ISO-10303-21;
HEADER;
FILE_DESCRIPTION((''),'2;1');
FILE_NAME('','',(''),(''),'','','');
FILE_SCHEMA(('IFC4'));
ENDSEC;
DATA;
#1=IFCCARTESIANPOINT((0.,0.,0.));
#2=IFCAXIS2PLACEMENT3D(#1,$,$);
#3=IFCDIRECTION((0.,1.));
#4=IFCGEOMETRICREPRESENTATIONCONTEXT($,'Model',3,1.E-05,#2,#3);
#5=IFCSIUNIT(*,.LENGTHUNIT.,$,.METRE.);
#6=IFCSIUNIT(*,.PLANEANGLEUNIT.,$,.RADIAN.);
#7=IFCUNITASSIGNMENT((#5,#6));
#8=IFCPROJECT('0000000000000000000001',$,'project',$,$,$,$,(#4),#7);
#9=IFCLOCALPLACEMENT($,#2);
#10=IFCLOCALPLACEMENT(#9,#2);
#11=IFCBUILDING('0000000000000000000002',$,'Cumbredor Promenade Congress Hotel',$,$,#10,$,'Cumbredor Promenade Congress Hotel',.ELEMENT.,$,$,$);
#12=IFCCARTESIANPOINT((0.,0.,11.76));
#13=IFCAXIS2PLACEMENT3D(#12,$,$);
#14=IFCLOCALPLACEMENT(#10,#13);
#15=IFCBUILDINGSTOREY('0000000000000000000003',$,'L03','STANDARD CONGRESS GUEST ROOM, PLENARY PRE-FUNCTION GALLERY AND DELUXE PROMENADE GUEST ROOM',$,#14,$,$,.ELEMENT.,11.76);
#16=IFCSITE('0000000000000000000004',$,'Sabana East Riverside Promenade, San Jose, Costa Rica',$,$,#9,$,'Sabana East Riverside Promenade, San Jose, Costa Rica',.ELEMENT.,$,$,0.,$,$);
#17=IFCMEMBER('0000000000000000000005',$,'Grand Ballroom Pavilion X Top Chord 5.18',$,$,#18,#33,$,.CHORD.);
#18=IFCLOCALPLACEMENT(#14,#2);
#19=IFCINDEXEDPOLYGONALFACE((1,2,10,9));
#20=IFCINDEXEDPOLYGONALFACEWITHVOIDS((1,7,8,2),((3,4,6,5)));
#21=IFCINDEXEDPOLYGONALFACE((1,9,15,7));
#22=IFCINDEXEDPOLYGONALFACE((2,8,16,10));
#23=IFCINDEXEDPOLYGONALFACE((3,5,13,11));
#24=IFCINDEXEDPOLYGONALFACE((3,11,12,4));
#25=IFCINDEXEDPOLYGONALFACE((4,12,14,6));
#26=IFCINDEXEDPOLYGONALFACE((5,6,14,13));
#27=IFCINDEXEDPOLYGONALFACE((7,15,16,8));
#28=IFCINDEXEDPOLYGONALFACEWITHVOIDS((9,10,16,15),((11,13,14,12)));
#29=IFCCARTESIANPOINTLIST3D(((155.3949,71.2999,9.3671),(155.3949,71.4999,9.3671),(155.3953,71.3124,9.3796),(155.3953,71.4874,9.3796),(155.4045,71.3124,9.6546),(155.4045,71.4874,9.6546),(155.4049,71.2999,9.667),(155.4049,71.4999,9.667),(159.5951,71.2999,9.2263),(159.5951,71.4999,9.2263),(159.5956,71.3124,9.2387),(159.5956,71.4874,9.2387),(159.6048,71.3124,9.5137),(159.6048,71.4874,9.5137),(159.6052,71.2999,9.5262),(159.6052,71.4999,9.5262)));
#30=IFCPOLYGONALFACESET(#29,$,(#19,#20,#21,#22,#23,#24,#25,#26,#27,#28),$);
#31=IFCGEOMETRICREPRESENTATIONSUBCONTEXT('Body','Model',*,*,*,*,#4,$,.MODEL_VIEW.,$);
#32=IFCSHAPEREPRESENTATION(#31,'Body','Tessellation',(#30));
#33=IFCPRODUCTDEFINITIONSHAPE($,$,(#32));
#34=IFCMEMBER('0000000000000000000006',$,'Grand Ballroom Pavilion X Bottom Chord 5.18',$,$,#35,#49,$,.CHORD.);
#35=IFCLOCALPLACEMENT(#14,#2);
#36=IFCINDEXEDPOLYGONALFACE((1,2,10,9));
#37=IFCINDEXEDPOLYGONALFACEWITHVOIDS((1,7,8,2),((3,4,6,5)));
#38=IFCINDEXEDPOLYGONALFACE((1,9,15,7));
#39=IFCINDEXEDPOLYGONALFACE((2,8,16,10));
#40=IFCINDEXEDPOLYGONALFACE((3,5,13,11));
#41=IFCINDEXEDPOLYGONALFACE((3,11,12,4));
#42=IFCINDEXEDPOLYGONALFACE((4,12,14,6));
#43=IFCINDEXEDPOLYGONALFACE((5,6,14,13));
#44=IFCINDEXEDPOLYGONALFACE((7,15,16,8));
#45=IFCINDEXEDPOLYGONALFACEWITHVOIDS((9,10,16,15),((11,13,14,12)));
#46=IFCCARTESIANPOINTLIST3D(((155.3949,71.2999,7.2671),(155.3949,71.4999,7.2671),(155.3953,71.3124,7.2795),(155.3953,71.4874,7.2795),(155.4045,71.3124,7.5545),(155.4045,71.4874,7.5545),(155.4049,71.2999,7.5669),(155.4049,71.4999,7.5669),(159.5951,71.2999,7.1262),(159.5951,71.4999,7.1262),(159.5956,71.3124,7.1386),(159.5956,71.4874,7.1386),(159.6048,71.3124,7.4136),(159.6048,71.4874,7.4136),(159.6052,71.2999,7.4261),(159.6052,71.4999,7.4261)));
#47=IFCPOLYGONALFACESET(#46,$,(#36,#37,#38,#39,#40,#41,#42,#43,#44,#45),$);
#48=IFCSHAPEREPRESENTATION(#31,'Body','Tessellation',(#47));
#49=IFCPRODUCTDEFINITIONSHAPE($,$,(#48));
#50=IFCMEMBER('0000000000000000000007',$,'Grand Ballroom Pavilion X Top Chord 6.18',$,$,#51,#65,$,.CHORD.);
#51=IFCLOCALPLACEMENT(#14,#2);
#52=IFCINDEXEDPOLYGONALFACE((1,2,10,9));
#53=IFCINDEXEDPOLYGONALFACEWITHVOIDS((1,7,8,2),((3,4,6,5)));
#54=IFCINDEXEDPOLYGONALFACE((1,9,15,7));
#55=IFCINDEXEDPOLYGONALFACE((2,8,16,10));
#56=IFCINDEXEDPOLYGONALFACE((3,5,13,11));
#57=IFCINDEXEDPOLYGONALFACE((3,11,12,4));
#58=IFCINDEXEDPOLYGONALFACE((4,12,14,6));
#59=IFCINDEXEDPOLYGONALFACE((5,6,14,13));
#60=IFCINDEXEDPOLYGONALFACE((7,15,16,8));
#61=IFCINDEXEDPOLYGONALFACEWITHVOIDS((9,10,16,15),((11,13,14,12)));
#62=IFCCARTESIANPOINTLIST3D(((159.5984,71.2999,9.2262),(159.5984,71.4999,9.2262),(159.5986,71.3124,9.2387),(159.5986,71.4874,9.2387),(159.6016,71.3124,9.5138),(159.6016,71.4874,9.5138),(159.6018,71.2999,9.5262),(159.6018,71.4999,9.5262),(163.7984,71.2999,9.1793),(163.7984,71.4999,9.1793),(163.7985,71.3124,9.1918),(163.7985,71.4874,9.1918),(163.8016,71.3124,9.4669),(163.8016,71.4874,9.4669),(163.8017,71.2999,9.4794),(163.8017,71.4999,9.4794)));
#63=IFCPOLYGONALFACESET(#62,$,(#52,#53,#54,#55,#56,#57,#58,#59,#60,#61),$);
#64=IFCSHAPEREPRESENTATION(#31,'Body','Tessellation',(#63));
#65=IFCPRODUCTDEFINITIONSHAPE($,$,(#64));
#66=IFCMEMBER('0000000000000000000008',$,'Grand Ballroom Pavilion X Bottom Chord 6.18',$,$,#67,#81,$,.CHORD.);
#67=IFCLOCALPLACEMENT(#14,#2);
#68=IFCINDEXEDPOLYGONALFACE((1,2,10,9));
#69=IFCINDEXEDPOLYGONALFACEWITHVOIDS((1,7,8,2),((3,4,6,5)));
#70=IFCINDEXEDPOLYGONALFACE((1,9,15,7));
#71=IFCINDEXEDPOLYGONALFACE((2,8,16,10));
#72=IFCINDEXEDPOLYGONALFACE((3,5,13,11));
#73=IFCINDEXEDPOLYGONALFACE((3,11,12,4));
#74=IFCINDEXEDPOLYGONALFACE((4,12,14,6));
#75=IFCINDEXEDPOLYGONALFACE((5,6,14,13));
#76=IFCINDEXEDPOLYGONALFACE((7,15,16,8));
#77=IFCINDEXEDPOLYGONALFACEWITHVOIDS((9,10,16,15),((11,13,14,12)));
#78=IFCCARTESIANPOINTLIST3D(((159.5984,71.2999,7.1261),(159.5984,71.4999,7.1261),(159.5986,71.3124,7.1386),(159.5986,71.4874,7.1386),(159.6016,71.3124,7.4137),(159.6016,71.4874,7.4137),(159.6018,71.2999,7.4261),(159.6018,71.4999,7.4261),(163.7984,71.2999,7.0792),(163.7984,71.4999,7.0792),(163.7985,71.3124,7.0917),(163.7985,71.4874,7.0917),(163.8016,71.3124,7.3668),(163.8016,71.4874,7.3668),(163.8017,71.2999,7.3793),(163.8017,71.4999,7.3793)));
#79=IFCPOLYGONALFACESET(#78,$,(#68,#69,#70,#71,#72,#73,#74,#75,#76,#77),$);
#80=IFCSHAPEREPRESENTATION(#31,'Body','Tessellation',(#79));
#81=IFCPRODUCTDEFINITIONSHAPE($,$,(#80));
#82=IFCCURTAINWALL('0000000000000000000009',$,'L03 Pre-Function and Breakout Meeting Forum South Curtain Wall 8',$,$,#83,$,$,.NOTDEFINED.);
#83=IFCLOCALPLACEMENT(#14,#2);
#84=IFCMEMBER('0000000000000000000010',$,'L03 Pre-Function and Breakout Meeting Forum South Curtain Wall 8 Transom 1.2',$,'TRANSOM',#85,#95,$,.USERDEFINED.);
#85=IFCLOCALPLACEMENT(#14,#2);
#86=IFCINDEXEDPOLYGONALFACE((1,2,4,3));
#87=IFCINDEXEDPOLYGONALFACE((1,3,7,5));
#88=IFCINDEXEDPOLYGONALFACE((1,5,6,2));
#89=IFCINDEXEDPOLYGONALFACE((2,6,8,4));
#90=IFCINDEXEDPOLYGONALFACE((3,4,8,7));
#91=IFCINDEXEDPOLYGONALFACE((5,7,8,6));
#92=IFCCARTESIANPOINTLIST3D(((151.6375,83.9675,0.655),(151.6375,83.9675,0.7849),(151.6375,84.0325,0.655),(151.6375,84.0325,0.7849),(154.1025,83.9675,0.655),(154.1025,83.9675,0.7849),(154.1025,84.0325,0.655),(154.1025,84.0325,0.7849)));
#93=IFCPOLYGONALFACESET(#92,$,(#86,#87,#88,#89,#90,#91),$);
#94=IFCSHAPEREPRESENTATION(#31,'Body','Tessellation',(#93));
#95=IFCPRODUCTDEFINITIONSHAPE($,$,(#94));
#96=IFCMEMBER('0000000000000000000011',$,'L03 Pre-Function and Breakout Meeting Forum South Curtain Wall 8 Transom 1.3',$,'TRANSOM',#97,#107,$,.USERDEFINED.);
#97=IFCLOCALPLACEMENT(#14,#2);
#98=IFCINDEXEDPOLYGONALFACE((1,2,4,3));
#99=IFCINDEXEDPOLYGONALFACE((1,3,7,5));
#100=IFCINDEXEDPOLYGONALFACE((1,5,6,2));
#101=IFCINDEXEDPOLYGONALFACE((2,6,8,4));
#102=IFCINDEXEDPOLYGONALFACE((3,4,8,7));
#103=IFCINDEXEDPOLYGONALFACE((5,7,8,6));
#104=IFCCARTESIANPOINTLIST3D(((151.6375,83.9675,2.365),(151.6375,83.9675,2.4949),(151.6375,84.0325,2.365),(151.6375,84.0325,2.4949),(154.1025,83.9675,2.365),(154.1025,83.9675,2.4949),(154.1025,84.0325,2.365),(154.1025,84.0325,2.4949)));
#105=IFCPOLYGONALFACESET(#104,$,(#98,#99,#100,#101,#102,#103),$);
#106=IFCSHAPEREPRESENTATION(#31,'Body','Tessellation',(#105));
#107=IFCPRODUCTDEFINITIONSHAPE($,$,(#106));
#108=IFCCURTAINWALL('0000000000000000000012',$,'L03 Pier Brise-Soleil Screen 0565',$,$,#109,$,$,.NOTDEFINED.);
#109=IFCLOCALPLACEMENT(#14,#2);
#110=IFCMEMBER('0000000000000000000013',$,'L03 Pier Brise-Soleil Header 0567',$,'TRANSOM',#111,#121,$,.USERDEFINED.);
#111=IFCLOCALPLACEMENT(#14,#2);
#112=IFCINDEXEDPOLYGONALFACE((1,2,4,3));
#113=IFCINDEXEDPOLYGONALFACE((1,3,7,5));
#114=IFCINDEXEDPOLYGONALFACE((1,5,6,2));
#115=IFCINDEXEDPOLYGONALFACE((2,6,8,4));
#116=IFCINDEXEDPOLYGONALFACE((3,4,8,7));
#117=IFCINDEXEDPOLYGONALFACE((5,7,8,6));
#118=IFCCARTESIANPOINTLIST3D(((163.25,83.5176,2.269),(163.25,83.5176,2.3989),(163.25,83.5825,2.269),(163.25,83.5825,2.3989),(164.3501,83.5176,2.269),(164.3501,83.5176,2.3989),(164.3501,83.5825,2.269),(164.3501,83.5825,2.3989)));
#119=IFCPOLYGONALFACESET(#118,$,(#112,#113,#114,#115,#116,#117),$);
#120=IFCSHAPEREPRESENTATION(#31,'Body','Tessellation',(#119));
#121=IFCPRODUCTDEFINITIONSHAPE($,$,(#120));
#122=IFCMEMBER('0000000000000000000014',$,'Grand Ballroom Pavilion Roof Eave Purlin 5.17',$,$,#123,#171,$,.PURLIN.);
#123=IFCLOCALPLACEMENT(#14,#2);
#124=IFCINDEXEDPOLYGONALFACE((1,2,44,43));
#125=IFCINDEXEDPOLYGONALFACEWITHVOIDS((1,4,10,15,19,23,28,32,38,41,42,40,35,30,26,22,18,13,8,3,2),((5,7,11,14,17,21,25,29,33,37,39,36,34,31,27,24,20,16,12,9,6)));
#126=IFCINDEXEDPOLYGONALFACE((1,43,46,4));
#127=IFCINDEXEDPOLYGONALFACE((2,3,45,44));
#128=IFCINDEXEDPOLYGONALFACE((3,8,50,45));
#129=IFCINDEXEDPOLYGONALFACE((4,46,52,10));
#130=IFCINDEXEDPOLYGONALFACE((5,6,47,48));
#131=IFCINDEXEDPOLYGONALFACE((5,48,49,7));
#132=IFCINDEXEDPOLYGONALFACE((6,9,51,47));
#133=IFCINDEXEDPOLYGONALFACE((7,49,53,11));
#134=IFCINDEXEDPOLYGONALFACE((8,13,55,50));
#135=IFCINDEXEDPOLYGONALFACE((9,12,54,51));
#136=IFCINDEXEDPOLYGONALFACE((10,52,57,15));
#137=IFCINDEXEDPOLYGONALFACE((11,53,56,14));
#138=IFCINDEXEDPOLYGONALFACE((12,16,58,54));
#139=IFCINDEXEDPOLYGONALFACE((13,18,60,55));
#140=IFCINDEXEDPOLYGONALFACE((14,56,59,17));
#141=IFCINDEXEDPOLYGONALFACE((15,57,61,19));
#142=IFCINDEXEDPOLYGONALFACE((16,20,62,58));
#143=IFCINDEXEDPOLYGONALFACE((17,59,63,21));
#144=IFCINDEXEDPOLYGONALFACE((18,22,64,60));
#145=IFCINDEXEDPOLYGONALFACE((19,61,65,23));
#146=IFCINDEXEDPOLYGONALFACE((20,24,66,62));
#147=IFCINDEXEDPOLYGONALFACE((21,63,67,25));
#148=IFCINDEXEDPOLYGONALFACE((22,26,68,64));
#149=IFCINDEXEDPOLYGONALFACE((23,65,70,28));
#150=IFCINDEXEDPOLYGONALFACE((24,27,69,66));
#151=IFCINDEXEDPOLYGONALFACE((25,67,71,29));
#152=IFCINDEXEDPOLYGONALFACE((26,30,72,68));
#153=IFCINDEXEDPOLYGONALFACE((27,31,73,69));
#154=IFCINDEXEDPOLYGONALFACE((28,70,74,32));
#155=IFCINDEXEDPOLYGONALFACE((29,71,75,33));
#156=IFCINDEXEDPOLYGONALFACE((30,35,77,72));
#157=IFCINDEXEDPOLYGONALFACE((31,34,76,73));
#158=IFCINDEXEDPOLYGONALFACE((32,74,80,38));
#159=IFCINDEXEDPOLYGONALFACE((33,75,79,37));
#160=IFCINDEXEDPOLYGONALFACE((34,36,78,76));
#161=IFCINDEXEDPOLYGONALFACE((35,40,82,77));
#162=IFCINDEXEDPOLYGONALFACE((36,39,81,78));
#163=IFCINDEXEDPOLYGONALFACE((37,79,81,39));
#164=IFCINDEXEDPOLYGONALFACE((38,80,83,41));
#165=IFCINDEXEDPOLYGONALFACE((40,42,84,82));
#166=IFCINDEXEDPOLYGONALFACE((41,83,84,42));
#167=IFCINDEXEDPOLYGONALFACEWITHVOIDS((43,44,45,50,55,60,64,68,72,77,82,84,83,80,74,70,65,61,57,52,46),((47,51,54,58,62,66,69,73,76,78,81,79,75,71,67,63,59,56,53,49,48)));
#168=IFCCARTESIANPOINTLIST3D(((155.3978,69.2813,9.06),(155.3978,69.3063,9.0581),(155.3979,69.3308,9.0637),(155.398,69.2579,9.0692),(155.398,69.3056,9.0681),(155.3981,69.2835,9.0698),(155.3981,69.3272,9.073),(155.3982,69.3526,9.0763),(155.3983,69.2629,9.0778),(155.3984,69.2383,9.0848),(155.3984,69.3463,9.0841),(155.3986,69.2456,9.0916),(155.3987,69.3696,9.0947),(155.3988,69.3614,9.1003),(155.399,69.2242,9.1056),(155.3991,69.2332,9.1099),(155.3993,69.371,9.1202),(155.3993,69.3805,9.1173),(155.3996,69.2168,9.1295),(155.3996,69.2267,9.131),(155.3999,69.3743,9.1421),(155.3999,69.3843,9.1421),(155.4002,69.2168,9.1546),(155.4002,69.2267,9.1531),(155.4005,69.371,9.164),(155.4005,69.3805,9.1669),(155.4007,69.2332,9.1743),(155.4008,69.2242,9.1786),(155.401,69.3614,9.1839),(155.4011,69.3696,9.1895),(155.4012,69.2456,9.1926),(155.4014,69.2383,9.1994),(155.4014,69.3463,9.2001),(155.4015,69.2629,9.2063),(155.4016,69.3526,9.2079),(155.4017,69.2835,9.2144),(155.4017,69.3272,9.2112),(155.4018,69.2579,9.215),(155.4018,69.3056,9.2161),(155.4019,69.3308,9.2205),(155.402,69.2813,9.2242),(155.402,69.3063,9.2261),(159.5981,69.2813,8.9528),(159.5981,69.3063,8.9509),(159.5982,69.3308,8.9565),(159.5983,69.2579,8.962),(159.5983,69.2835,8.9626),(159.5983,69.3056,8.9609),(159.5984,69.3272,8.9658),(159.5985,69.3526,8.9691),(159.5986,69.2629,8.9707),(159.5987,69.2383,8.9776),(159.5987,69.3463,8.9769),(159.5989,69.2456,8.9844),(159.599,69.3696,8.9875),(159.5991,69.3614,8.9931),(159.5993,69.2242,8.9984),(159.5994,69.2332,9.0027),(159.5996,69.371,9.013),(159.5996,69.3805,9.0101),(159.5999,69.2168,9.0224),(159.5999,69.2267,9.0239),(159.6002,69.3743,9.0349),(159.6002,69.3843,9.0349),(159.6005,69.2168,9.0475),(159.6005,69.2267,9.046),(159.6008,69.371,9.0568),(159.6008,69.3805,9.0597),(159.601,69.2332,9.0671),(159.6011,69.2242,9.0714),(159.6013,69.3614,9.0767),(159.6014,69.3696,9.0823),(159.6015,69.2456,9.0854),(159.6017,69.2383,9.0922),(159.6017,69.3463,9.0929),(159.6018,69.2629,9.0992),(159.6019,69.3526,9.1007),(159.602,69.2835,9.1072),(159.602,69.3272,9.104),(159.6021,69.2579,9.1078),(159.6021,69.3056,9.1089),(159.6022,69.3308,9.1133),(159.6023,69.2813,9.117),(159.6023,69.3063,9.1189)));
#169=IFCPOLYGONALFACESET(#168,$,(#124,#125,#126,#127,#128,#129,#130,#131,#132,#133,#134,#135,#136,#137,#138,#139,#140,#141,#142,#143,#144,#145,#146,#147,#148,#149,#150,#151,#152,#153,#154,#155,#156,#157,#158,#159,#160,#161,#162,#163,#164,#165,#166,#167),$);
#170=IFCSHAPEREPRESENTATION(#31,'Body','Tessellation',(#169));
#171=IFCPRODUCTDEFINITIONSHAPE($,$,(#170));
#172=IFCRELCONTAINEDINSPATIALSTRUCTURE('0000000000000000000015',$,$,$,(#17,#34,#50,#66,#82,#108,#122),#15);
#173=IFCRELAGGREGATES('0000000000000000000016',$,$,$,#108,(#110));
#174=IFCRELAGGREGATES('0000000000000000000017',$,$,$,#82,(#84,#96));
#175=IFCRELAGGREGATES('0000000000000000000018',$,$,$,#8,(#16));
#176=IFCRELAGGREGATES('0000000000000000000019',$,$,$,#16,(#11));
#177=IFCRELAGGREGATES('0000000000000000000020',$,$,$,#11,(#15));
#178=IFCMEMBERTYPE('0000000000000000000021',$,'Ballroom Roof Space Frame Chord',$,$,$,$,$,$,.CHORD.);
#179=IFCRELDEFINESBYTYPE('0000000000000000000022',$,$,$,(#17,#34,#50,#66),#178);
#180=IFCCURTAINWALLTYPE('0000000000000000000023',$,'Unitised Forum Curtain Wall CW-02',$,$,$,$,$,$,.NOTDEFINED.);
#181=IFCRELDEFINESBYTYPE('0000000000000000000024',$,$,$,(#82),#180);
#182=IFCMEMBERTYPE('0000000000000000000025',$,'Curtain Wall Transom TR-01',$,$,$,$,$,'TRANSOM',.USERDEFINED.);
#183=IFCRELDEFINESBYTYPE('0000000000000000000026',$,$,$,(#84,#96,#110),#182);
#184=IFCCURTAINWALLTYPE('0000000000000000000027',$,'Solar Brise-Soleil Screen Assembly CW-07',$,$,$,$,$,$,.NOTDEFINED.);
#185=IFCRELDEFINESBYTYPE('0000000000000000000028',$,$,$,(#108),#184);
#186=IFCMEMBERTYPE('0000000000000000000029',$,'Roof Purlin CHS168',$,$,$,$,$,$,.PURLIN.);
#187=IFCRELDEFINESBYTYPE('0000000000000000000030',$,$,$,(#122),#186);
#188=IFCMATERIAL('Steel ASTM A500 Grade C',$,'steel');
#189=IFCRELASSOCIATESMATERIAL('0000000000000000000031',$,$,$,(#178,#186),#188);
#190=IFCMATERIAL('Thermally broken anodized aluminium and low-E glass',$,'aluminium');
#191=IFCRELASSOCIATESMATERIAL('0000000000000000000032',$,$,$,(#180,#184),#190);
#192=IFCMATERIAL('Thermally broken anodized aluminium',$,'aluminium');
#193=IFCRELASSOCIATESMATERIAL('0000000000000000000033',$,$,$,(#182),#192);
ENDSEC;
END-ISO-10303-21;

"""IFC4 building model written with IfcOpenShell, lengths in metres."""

from ifc_helpers import new_model, si_unit, direction, frame, origin, origin_2d, place, context, subcontext, project, spatial, rectangle, hollow_rectangle, hollow_circle, extrude, material, material_profile, profile_set, type_object, element, aggregate, save


model = new_model("IFC4")

# Units and contexts
model_context = context("Model", 3, precision=1e-05, world=origin(), true_north=direction((0.0, 1.0)))
body_context = subcontext(model_context, "Body", "Model", "MODEL_VIEW")
ifc_project = project(units=[si_unit("LENGTHUNIT", "METRE"), si_unit("PLANEANGLEUNIT", "RADIAN")], contexts=[model_context])

# Site, building, storey
site_placement = place(None, origin())
site = spatial("IfcSite", under=ifc_project, at=site_placement, Name="Sabana East Riverside Promenade, San Jose, Costa Rica", LongName="Sabana East Riverside Promenade, San Jose, Costa Rica", CompositionType="ELEMENT", RefElevation=0.0)
building_placement = place(site_placement, origin())
building = spatial("IfcBuilding", under=site, at=building_placement, Name="Cumbredor Promenade Congress Hotel", LongName="Cumbredor Promenade Congress Hotel", CompositionType="ELEMENT")
storey_placement = place(building_placement, frame((0.0, 0.0, 11.76)))
storey = spatial("IfcBuildingStorey", under=building, at=storey_placement, Name="L03", Description="STANDARD CONGRESS GUEST ROOM, PLENARY PRE-FUNCTION GALLERY AND DELUXE PROMENADE GUEST ROOM", CompositionType="ELEMENT", Elevation=11.76)

# Members
ifc_material_1 = material(Name="Steel ASTM A500 Grade C", Category="steel")
ifc_material_profile_1 = material_profile(ifc_material_1, hollow_rectangle(XDim=0.2, YDim=0.3, WallThickness=0.0125, at=origin_2d()), Name="HSS 300x200x12.5")
ifc_profile_set_1 = profile_set([ifc_material_profile_1], Name="Steel ASTM A500 Grade C")
member_type_1 = type_object("IfcMemberType", Name="Ballroom Roof Space Frame Chord", PredefinedType="CHORD", material=ifc_profile_set_1)
for number, where, z_axis, x_axis, name in (
    (1, (155.3999, 71.3999, 9.5171), (0.999438, 0.0, -0.03352), (0.0, 1.0, 0.0), "Grand Ballroom Pavilion X Top Chord 5.18"),
    (2, (155.3999, 71.3999, 7.417), (0.999438, 0.0, -0.03352), (0.0, 1.0, 0.0), "Grand Ballroom Pavilion X Bottom Chord 5.18"),
):
    element("IfcMember", number, at=place(storey_placement, frame(where, z_axis=z_axis, x_axis=x_axis)), inside=storey, type_object=member_type_1, Name=name, PredefinedType="CHORD", context=body_context, shape_type="SweptSolid", body=[
        extrude(hollow_rectangle(XDim=0.2, YDim=0.3, WallThickness=0.0125, at=origin_2d()), origin(), (0.0, 0.0, 1.0), 4.2026),
    ])
for number, where, z_axis, x_axis, name in (
    (3, (159.6001, 71.3999, 9.3762), (0.999938, 0.0, -0.01116), (0.0, 1.0, 0.0), "Grand Ballroom Pavilion X Top Chord 6.18"),
    (4, (159.6001, 71.3999, 7.2761), (0.999938, 0.0, -0.01116), (0.0, 1.0, 0.0), "Grand Ballroom Pavilion X Bottom Chord 6.18"),
):
    element("IfcMember", number, at=place(storey_placement, frame(where, z_axis=z_axis, x_axis=x_axis)), inside=storey, type_object=member_type_1, Name=name, PredefinedType="CHORD", context=body_context, shape_type="SweptSolid", body=[
        extrude(hollow_rectangle(XDim=0.2, YDim=0.3, WallThickness=0.0125, at=origin_2d()), origin(), (0.0, 0.0, 1.0), 4.2002),
    ])

# Curtain wall, members
ifc_material_2 = material(Name="Thermally broken anodized aluminium and low-E glass", Category="aluminium")
curtain_wall_type_1 = type_object("IfcCurtainWallType", Name="Unitised Forum Curtain Wall CW-02", PredefinedType="NOTDEFINED", material=ifc_material_2)
curtain_wall_1_placement = place(storey_placement, origin())
curtain_wall_1 = element("IfcCurtainWall", 5, at=curtain_wall_1_placement, inside=storey, type_object=curtain_wall_type_1, Name="L03 Pre-Function and Breakout Meeting Forum South Curtain Wall 8", PredefinedType="NOTDEFINED")
ifc_material_3 = material(Name="Thermally broken anodized aluminium", Category="aluminium")
ifc_material_profile_2 = material_profile(ifc_material_3, rectangle(XDim=0.0649, YDim=0.1299, at=origin_2d()), Name="ALU TRANSOM 65x130")
ifc_profile_set_2 = profile_set([ifc_material_profile_2], Name="Thermally broken anodized aluminium")
member_type_2 = type_object("IfcMemberType", Name="Curtain Wall Transom TR-01", ElementType="TRANSOM", PredefinedType="USERDEFINED", material=ifc_profile_set_2)
member_1_placement = place(storey_placement, frame((151.6375, 84.0, 0.72), z_axis=(1.0, 0.0, 0.0), x_axis=(0.0, 1.0, 0.0)))
member_1 = element("IfcMember", 6, at=member_1_placement, type_object=member_type_2, Name="L03 Pre-Function and Breakout Meeting Forum South Curtain Wall 8 Transom 1.2", ObjectType="TRANSOM", PredefinedType="USERDEFINED", context=body_context, shape_type="SweptSolid", body=[
    extrude(rectangle(XDim=0.0649, YDim=0.1299, at=origin_2d()), origin(), (0.0, 0.0, 1.0), 2.4651),
])
member_2_placement = place(storey_placement, frame((151.6375, 84.0, 2.4299), z_axis=(1.0, 0.0, 0.0), x_axis=(0.0, 1.0, 0.0)))
member_2 = element("IfcMember", 7, at=member_2_placement, type_object=member_type_2, Name="L03 Pre-Function and Breakout Meeting Forum South Curtain Wall 8 Transom 1.3", ObjectType="TRANSOM", PredefinedType="USERDEFINED", context=body_context, shape_type="SweptSolid", body=[
    extrude(rectangle(XDim=0.0649, YDim=0.1299, at=origin_2d()), origin(), (0.0, 0.0, 1.0), 2.4651),
])

# Curtain wall, member
curtain_wall_type_2 = type_object("IfcCurtainWallType", Name="Solar Brise-Soleil Screen Assembly CW-07", PredefinedType="NOTDEFINED", material=ifc_material_2)
curtain_wall_2_placement = place(storey_placement, origin())
curtain_wall_2 = element("IfcCurtainWall", 8, at=curtain_wall_2_placement, inside=storey, type_object=curtain_wall_type_2, Name="L03 Pier Brise-Soleil Screen 0565", PredefinedType="NOTDEFINED")
member_3_placement = place(storey_placement, frame((163.25, 83.55, 2.334), z_axis=(1.0, 0.0, 0.0), x_axis=(0.0, 1.0, 0.0)))
member_3 = element("IfcMember", 9, at=member_3_placement, type_object=member_type_2, Name="L03 Pier Brise-Soleil Header 0567", ObjectType="TRANSOM", PredefinedType="USERDEFINED", context=body_context, shape_type="SweptSolid", body=[
    extrude(rectangle(XDim=0.0649, YDim=0.1299, at=origin_2d()), origin(), (0.0, 0.0, 1.0), 1.1001),
])
aggregate(curtain_wall_2, [member_3])

# Member
ifc_material_profile_3 = material_profile(ifc_material_1, hollow_circle(Radius=0.0842, WallThickness=0.01, at=origin_2d()), Name="CHS 168.3x10")
ifc_profile_set_3 = profile_set([ifc_material_profile_3], Name="Steel ASTM A500 Grade C")
member_type_3 = type_object("IfcMemberType", Name="Roof Purlin CHS168", PredefinedType="PURLIN", material=ifc_profile_set_3)
member_4_placement = place(storey_placement, frame((155.3999, 69.3, 9.1421), z_axis=(0.999675, 0.0, -0.025509), x_axis=(0.0, 1.0, 0.0)))
element("IfcMember", 10, at=member_4_placement, inside=storey, type_object=member_type_3, Name="Grand Ballroom Pavilion Roof Eave Purlin 5.17", PredefinedType="PURLIN", context=body_context, shape_type="SweptSolid", body=[
    extrude(hollow_circle(Radius=0.0842, WallThickness=0.01, at=origin_2d()), origin(), (0.0, 0.0, 1.0), 4.2017),
])

aggregate(curtain_wall_1, [member_1, member_2])

save(model, "model.ifc")
